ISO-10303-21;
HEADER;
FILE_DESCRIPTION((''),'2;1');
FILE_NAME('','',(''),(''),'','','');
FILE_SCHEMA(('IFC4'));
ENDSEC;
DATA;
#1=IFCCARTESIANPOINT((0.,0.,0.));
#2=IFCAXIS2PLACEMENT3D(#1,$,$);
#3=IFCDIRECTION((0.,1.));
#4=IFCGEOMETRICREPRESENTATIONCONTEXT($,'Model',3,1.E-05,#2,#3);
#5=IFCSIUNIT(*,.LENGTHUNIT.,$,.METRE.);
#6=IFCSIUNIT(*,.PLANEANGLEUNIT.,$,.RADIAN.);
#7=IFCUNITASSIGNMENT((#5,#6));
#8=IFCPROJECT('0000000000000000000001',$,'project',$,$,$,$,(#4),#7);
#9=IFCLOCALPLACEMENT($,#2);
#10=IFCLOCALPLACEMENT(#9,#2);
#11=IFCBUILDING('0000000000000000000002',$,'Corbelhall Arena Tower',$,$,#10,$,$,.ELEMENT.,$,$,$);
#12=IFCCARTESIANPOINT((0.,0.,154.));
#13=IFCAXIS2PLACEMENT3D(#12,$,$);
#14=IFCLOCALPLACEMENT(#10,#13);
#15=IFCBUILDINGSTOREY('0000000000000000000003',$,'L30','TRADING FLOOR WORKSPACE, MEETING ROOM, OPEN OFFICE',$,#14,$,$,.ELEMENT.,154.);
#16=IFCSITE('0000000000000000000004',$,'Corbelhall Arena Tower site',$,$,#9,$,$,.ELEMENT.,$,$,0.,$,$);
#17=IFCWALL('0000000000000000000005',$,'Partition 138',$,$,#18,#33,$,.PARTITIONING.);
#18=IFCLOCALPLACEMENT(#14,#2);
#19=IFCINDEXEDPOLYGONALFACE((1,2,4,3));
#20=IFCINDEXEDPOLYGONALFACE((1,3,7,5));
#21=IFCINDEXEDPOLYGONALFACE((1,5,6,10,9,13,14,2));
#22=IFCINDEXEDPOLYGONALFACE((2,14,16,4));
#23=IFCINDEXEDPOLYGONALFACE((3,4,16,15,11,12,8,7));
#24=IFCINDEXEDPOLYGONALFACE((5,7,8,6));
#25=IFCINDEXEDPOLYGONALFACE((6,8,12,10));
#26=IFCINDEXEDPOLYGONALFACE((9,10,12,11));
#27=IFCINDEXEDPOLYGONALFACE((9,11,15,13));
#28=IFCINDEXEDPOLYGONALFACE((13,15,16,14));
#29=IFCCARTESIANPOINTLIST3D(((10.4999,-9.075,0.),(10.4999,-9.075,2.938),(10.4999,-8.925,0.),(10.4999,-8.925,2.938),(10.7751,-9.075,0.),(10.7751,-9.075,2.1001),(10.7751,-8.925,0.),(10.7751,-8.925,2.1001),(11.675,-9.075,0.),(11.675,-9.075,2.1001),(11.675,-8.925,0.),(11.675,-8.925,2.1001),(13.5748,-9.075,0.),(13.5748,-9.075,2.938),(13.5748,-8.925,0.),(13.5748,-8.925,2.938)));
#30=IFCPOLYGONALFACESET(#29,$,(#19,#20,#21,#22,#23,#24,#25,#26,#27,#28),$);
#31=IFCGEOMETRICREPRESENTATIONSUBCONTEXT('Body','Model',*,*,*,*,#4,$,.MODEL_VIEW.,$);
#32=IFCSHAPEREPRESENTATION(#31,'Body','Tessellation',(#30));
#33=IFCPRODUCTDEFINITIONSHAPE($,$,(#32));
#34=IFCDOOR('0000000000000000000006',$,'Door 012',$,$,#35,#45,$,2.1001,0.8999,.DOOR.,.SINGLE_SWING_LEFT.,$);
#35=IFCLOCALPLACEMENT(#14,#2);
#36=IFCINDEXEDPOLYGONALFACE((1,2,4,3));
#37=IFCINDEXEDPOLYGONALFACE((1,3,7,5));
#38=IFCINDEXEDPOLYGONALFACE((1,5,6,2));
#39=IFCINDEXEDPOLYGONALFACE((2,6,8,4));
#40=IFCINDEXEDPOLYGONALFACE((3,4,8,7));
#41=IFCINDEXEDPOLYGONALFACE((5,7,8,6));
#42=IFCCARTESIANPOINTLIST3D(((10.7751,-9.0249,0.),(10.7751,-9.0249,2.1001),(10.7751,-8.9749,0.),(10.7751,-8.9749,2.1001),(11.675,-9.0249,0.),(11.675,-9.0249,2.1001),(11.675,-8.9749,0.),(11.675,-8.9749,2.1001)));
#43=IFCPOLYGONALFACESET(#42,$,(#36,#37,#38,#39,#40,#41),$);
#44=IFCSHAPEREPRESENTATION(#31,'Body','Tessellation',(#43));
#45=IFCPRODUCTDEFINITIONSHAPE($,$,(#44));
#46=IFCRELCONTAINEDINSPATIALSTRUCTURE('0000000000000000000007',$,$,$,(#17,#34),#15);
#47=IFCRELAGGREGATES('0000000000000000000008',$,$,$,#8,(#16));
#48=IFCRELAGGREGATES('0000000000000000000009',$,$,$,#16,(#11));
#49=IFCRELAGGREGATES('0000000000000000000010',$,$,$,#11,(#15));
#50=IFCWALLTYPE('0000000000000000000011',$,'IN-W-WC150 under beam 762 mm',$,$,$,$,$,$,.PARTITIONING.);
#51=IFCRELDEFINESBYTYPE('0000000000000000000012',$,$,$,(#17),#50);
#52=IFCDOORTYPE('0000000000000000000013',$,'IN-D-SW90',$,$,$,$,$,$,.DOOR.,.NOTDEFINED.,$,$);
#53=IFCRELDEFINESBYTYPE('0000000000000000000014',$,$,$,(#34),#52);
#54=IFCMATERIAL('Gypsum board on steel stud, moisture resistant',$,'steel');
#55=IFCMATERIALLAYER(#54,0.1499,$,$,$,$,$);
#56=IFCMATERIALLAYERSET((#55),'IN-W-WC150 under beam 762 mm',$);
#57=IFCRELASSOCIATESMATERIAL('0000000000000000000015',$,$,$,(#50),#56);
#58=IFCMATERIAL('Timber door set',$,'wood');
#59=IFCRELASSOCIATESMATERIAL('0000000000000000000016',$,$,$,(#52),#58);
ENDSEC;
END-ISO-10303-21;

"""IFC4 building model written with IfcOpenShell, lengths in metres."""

from ifc_helpers import new_model, si_unit, direction, frame, frame_2d, origin, place, context, subcontext, project, spatial, rectangle, extrude, material, layer, layer_set, type_object, element, fill, save


model = new_model("IFC4")

# Units and contexts
model_context = context("Model", 3, precision=1e-05, world=origin(), true_north=direction((0.0, 1.0)))
body_context = subcontext(model_context, "Body", "Model", "MODEL_VIEW")
ifc_project = project(units=[si_unit("LENGTHUNIT", "METRE"), si_unit("PLANEANGLEUNIT", "RADIAN")], contexts=[model_context])

# Site, building, storey
site_placement = place(None, origin())
site = spatial("IfcSite", under=ifc_project, at=site_placement, Name="Corbelhall Arena Tower site", CompositionType="ELEMENT", RefElevation=0.0)
building_placement = place(site_placement, origin())
building = spatial("IfcBuilding", under=site, at=building_placement, Name="Corbelhall Arena Tower", CompositionType="ELEMENT")
storey_placement = place(building_placement, frame((0.0, 0.0, 154.0)))
storey = spatial("IfcBuildingStorey", under=building, at=storey_placement, Name="L30", Description="TRADING FLOOR WORKSPACE, MEETING ROOM, OPEN OFFICE", CompositionType="ELEMENT", Elevation=154.0)

# Shared definitions
ifc_material_1 = material(Name="Gypsum board on steel stud, moisture resistant", Category="steel")
ifc_layer_1 = layer(ifc_material_1, 0.1499)
ifc_layer_set_1 = layer_set([ifc_layer_1], Name="IN-W-WC150 under beam 762 mm")
wall_type_1 = type_object("IfcWallType", Name="IN-W-WC150 under beam 762 mm", PredefinedType="PARTITIONING", material=ifc_layer_set_1)

# Wall, opening, door
wall_1_placement = place(storey_placement, frame((13.575, -9.0, 0.0), z_axis=(0.0, 0.0, 1.0), x_axis=(-1.0, 0.0, 0.0)))
wall_1 = element("IfcWall", 1, at=wall_1_placement, inside=storey, type_object=wall_type_1, Name="Partition 138", PredefinedType="PARTITIONING", context=body_context, shape_type="SweptSolid", body=[
    extrude(rectangle(XDim=3.075, YDim=0.1499, at=frame_2d((1.5376, 0.0))), origin(), (0.0, 0.0, 1.0), 2.938),
])
opening_1_placement = place(wall_1_placement, frame((1.8999, 0.0, 0.0)))
opening_1 = element("IfcOpeningElement", 2, at=opening_1_placement, cuts=wall_1, PredefinedType="OPENING", context=body_context, shape_type="SweptSolid", body=[
    extrude(rectangle(XDim=0.8999, YDim=2.1001, at=frame_2d((0.45, 1.05))), frame((0.0, 0.075, 0.0), z_axis=(0.0, -1.0, 0.0), x_axis=(1.0, 0.0, 0.0)), (0.0, 0.0, 1.0), 0.1499),
])
ifc_material_2 = material(Name="Timber door set", Category="wood")
door_type_1 = type_object("IfcDoorType", Name="IN-D-SW90", OperationType="NOTDEFINED", PredefinedType="DOOR", material=ifc_material_2)
door_1_placement = place(opening_1_placement, origin())
door_1 = element("IfcDoor", 3, at=door_1_placement, inside=storey, type_object=door_type_1, Name="Door 012", OperationType="SINGLE_SWING_LEFT", OverallHeight=2.1001, OverallWidth=0.8999, PredefinedType="DOOR", context=body_context, shape_type="SweptSolid", body=[
    extrude(rectangle(XDim=0.8999, YDim=2.1001, at=frame_2d((0.45, 1.05))), frame((0.0, 0.0249, 0.0), z_axis=(0.0, -1.0, 0.0), x_axis=(1.0, 0.0, 0.0)), (0.0, 0.0, 1.0), 0.05),
])
fill(opening_1, door_1)

save(model, "model.ifc")
